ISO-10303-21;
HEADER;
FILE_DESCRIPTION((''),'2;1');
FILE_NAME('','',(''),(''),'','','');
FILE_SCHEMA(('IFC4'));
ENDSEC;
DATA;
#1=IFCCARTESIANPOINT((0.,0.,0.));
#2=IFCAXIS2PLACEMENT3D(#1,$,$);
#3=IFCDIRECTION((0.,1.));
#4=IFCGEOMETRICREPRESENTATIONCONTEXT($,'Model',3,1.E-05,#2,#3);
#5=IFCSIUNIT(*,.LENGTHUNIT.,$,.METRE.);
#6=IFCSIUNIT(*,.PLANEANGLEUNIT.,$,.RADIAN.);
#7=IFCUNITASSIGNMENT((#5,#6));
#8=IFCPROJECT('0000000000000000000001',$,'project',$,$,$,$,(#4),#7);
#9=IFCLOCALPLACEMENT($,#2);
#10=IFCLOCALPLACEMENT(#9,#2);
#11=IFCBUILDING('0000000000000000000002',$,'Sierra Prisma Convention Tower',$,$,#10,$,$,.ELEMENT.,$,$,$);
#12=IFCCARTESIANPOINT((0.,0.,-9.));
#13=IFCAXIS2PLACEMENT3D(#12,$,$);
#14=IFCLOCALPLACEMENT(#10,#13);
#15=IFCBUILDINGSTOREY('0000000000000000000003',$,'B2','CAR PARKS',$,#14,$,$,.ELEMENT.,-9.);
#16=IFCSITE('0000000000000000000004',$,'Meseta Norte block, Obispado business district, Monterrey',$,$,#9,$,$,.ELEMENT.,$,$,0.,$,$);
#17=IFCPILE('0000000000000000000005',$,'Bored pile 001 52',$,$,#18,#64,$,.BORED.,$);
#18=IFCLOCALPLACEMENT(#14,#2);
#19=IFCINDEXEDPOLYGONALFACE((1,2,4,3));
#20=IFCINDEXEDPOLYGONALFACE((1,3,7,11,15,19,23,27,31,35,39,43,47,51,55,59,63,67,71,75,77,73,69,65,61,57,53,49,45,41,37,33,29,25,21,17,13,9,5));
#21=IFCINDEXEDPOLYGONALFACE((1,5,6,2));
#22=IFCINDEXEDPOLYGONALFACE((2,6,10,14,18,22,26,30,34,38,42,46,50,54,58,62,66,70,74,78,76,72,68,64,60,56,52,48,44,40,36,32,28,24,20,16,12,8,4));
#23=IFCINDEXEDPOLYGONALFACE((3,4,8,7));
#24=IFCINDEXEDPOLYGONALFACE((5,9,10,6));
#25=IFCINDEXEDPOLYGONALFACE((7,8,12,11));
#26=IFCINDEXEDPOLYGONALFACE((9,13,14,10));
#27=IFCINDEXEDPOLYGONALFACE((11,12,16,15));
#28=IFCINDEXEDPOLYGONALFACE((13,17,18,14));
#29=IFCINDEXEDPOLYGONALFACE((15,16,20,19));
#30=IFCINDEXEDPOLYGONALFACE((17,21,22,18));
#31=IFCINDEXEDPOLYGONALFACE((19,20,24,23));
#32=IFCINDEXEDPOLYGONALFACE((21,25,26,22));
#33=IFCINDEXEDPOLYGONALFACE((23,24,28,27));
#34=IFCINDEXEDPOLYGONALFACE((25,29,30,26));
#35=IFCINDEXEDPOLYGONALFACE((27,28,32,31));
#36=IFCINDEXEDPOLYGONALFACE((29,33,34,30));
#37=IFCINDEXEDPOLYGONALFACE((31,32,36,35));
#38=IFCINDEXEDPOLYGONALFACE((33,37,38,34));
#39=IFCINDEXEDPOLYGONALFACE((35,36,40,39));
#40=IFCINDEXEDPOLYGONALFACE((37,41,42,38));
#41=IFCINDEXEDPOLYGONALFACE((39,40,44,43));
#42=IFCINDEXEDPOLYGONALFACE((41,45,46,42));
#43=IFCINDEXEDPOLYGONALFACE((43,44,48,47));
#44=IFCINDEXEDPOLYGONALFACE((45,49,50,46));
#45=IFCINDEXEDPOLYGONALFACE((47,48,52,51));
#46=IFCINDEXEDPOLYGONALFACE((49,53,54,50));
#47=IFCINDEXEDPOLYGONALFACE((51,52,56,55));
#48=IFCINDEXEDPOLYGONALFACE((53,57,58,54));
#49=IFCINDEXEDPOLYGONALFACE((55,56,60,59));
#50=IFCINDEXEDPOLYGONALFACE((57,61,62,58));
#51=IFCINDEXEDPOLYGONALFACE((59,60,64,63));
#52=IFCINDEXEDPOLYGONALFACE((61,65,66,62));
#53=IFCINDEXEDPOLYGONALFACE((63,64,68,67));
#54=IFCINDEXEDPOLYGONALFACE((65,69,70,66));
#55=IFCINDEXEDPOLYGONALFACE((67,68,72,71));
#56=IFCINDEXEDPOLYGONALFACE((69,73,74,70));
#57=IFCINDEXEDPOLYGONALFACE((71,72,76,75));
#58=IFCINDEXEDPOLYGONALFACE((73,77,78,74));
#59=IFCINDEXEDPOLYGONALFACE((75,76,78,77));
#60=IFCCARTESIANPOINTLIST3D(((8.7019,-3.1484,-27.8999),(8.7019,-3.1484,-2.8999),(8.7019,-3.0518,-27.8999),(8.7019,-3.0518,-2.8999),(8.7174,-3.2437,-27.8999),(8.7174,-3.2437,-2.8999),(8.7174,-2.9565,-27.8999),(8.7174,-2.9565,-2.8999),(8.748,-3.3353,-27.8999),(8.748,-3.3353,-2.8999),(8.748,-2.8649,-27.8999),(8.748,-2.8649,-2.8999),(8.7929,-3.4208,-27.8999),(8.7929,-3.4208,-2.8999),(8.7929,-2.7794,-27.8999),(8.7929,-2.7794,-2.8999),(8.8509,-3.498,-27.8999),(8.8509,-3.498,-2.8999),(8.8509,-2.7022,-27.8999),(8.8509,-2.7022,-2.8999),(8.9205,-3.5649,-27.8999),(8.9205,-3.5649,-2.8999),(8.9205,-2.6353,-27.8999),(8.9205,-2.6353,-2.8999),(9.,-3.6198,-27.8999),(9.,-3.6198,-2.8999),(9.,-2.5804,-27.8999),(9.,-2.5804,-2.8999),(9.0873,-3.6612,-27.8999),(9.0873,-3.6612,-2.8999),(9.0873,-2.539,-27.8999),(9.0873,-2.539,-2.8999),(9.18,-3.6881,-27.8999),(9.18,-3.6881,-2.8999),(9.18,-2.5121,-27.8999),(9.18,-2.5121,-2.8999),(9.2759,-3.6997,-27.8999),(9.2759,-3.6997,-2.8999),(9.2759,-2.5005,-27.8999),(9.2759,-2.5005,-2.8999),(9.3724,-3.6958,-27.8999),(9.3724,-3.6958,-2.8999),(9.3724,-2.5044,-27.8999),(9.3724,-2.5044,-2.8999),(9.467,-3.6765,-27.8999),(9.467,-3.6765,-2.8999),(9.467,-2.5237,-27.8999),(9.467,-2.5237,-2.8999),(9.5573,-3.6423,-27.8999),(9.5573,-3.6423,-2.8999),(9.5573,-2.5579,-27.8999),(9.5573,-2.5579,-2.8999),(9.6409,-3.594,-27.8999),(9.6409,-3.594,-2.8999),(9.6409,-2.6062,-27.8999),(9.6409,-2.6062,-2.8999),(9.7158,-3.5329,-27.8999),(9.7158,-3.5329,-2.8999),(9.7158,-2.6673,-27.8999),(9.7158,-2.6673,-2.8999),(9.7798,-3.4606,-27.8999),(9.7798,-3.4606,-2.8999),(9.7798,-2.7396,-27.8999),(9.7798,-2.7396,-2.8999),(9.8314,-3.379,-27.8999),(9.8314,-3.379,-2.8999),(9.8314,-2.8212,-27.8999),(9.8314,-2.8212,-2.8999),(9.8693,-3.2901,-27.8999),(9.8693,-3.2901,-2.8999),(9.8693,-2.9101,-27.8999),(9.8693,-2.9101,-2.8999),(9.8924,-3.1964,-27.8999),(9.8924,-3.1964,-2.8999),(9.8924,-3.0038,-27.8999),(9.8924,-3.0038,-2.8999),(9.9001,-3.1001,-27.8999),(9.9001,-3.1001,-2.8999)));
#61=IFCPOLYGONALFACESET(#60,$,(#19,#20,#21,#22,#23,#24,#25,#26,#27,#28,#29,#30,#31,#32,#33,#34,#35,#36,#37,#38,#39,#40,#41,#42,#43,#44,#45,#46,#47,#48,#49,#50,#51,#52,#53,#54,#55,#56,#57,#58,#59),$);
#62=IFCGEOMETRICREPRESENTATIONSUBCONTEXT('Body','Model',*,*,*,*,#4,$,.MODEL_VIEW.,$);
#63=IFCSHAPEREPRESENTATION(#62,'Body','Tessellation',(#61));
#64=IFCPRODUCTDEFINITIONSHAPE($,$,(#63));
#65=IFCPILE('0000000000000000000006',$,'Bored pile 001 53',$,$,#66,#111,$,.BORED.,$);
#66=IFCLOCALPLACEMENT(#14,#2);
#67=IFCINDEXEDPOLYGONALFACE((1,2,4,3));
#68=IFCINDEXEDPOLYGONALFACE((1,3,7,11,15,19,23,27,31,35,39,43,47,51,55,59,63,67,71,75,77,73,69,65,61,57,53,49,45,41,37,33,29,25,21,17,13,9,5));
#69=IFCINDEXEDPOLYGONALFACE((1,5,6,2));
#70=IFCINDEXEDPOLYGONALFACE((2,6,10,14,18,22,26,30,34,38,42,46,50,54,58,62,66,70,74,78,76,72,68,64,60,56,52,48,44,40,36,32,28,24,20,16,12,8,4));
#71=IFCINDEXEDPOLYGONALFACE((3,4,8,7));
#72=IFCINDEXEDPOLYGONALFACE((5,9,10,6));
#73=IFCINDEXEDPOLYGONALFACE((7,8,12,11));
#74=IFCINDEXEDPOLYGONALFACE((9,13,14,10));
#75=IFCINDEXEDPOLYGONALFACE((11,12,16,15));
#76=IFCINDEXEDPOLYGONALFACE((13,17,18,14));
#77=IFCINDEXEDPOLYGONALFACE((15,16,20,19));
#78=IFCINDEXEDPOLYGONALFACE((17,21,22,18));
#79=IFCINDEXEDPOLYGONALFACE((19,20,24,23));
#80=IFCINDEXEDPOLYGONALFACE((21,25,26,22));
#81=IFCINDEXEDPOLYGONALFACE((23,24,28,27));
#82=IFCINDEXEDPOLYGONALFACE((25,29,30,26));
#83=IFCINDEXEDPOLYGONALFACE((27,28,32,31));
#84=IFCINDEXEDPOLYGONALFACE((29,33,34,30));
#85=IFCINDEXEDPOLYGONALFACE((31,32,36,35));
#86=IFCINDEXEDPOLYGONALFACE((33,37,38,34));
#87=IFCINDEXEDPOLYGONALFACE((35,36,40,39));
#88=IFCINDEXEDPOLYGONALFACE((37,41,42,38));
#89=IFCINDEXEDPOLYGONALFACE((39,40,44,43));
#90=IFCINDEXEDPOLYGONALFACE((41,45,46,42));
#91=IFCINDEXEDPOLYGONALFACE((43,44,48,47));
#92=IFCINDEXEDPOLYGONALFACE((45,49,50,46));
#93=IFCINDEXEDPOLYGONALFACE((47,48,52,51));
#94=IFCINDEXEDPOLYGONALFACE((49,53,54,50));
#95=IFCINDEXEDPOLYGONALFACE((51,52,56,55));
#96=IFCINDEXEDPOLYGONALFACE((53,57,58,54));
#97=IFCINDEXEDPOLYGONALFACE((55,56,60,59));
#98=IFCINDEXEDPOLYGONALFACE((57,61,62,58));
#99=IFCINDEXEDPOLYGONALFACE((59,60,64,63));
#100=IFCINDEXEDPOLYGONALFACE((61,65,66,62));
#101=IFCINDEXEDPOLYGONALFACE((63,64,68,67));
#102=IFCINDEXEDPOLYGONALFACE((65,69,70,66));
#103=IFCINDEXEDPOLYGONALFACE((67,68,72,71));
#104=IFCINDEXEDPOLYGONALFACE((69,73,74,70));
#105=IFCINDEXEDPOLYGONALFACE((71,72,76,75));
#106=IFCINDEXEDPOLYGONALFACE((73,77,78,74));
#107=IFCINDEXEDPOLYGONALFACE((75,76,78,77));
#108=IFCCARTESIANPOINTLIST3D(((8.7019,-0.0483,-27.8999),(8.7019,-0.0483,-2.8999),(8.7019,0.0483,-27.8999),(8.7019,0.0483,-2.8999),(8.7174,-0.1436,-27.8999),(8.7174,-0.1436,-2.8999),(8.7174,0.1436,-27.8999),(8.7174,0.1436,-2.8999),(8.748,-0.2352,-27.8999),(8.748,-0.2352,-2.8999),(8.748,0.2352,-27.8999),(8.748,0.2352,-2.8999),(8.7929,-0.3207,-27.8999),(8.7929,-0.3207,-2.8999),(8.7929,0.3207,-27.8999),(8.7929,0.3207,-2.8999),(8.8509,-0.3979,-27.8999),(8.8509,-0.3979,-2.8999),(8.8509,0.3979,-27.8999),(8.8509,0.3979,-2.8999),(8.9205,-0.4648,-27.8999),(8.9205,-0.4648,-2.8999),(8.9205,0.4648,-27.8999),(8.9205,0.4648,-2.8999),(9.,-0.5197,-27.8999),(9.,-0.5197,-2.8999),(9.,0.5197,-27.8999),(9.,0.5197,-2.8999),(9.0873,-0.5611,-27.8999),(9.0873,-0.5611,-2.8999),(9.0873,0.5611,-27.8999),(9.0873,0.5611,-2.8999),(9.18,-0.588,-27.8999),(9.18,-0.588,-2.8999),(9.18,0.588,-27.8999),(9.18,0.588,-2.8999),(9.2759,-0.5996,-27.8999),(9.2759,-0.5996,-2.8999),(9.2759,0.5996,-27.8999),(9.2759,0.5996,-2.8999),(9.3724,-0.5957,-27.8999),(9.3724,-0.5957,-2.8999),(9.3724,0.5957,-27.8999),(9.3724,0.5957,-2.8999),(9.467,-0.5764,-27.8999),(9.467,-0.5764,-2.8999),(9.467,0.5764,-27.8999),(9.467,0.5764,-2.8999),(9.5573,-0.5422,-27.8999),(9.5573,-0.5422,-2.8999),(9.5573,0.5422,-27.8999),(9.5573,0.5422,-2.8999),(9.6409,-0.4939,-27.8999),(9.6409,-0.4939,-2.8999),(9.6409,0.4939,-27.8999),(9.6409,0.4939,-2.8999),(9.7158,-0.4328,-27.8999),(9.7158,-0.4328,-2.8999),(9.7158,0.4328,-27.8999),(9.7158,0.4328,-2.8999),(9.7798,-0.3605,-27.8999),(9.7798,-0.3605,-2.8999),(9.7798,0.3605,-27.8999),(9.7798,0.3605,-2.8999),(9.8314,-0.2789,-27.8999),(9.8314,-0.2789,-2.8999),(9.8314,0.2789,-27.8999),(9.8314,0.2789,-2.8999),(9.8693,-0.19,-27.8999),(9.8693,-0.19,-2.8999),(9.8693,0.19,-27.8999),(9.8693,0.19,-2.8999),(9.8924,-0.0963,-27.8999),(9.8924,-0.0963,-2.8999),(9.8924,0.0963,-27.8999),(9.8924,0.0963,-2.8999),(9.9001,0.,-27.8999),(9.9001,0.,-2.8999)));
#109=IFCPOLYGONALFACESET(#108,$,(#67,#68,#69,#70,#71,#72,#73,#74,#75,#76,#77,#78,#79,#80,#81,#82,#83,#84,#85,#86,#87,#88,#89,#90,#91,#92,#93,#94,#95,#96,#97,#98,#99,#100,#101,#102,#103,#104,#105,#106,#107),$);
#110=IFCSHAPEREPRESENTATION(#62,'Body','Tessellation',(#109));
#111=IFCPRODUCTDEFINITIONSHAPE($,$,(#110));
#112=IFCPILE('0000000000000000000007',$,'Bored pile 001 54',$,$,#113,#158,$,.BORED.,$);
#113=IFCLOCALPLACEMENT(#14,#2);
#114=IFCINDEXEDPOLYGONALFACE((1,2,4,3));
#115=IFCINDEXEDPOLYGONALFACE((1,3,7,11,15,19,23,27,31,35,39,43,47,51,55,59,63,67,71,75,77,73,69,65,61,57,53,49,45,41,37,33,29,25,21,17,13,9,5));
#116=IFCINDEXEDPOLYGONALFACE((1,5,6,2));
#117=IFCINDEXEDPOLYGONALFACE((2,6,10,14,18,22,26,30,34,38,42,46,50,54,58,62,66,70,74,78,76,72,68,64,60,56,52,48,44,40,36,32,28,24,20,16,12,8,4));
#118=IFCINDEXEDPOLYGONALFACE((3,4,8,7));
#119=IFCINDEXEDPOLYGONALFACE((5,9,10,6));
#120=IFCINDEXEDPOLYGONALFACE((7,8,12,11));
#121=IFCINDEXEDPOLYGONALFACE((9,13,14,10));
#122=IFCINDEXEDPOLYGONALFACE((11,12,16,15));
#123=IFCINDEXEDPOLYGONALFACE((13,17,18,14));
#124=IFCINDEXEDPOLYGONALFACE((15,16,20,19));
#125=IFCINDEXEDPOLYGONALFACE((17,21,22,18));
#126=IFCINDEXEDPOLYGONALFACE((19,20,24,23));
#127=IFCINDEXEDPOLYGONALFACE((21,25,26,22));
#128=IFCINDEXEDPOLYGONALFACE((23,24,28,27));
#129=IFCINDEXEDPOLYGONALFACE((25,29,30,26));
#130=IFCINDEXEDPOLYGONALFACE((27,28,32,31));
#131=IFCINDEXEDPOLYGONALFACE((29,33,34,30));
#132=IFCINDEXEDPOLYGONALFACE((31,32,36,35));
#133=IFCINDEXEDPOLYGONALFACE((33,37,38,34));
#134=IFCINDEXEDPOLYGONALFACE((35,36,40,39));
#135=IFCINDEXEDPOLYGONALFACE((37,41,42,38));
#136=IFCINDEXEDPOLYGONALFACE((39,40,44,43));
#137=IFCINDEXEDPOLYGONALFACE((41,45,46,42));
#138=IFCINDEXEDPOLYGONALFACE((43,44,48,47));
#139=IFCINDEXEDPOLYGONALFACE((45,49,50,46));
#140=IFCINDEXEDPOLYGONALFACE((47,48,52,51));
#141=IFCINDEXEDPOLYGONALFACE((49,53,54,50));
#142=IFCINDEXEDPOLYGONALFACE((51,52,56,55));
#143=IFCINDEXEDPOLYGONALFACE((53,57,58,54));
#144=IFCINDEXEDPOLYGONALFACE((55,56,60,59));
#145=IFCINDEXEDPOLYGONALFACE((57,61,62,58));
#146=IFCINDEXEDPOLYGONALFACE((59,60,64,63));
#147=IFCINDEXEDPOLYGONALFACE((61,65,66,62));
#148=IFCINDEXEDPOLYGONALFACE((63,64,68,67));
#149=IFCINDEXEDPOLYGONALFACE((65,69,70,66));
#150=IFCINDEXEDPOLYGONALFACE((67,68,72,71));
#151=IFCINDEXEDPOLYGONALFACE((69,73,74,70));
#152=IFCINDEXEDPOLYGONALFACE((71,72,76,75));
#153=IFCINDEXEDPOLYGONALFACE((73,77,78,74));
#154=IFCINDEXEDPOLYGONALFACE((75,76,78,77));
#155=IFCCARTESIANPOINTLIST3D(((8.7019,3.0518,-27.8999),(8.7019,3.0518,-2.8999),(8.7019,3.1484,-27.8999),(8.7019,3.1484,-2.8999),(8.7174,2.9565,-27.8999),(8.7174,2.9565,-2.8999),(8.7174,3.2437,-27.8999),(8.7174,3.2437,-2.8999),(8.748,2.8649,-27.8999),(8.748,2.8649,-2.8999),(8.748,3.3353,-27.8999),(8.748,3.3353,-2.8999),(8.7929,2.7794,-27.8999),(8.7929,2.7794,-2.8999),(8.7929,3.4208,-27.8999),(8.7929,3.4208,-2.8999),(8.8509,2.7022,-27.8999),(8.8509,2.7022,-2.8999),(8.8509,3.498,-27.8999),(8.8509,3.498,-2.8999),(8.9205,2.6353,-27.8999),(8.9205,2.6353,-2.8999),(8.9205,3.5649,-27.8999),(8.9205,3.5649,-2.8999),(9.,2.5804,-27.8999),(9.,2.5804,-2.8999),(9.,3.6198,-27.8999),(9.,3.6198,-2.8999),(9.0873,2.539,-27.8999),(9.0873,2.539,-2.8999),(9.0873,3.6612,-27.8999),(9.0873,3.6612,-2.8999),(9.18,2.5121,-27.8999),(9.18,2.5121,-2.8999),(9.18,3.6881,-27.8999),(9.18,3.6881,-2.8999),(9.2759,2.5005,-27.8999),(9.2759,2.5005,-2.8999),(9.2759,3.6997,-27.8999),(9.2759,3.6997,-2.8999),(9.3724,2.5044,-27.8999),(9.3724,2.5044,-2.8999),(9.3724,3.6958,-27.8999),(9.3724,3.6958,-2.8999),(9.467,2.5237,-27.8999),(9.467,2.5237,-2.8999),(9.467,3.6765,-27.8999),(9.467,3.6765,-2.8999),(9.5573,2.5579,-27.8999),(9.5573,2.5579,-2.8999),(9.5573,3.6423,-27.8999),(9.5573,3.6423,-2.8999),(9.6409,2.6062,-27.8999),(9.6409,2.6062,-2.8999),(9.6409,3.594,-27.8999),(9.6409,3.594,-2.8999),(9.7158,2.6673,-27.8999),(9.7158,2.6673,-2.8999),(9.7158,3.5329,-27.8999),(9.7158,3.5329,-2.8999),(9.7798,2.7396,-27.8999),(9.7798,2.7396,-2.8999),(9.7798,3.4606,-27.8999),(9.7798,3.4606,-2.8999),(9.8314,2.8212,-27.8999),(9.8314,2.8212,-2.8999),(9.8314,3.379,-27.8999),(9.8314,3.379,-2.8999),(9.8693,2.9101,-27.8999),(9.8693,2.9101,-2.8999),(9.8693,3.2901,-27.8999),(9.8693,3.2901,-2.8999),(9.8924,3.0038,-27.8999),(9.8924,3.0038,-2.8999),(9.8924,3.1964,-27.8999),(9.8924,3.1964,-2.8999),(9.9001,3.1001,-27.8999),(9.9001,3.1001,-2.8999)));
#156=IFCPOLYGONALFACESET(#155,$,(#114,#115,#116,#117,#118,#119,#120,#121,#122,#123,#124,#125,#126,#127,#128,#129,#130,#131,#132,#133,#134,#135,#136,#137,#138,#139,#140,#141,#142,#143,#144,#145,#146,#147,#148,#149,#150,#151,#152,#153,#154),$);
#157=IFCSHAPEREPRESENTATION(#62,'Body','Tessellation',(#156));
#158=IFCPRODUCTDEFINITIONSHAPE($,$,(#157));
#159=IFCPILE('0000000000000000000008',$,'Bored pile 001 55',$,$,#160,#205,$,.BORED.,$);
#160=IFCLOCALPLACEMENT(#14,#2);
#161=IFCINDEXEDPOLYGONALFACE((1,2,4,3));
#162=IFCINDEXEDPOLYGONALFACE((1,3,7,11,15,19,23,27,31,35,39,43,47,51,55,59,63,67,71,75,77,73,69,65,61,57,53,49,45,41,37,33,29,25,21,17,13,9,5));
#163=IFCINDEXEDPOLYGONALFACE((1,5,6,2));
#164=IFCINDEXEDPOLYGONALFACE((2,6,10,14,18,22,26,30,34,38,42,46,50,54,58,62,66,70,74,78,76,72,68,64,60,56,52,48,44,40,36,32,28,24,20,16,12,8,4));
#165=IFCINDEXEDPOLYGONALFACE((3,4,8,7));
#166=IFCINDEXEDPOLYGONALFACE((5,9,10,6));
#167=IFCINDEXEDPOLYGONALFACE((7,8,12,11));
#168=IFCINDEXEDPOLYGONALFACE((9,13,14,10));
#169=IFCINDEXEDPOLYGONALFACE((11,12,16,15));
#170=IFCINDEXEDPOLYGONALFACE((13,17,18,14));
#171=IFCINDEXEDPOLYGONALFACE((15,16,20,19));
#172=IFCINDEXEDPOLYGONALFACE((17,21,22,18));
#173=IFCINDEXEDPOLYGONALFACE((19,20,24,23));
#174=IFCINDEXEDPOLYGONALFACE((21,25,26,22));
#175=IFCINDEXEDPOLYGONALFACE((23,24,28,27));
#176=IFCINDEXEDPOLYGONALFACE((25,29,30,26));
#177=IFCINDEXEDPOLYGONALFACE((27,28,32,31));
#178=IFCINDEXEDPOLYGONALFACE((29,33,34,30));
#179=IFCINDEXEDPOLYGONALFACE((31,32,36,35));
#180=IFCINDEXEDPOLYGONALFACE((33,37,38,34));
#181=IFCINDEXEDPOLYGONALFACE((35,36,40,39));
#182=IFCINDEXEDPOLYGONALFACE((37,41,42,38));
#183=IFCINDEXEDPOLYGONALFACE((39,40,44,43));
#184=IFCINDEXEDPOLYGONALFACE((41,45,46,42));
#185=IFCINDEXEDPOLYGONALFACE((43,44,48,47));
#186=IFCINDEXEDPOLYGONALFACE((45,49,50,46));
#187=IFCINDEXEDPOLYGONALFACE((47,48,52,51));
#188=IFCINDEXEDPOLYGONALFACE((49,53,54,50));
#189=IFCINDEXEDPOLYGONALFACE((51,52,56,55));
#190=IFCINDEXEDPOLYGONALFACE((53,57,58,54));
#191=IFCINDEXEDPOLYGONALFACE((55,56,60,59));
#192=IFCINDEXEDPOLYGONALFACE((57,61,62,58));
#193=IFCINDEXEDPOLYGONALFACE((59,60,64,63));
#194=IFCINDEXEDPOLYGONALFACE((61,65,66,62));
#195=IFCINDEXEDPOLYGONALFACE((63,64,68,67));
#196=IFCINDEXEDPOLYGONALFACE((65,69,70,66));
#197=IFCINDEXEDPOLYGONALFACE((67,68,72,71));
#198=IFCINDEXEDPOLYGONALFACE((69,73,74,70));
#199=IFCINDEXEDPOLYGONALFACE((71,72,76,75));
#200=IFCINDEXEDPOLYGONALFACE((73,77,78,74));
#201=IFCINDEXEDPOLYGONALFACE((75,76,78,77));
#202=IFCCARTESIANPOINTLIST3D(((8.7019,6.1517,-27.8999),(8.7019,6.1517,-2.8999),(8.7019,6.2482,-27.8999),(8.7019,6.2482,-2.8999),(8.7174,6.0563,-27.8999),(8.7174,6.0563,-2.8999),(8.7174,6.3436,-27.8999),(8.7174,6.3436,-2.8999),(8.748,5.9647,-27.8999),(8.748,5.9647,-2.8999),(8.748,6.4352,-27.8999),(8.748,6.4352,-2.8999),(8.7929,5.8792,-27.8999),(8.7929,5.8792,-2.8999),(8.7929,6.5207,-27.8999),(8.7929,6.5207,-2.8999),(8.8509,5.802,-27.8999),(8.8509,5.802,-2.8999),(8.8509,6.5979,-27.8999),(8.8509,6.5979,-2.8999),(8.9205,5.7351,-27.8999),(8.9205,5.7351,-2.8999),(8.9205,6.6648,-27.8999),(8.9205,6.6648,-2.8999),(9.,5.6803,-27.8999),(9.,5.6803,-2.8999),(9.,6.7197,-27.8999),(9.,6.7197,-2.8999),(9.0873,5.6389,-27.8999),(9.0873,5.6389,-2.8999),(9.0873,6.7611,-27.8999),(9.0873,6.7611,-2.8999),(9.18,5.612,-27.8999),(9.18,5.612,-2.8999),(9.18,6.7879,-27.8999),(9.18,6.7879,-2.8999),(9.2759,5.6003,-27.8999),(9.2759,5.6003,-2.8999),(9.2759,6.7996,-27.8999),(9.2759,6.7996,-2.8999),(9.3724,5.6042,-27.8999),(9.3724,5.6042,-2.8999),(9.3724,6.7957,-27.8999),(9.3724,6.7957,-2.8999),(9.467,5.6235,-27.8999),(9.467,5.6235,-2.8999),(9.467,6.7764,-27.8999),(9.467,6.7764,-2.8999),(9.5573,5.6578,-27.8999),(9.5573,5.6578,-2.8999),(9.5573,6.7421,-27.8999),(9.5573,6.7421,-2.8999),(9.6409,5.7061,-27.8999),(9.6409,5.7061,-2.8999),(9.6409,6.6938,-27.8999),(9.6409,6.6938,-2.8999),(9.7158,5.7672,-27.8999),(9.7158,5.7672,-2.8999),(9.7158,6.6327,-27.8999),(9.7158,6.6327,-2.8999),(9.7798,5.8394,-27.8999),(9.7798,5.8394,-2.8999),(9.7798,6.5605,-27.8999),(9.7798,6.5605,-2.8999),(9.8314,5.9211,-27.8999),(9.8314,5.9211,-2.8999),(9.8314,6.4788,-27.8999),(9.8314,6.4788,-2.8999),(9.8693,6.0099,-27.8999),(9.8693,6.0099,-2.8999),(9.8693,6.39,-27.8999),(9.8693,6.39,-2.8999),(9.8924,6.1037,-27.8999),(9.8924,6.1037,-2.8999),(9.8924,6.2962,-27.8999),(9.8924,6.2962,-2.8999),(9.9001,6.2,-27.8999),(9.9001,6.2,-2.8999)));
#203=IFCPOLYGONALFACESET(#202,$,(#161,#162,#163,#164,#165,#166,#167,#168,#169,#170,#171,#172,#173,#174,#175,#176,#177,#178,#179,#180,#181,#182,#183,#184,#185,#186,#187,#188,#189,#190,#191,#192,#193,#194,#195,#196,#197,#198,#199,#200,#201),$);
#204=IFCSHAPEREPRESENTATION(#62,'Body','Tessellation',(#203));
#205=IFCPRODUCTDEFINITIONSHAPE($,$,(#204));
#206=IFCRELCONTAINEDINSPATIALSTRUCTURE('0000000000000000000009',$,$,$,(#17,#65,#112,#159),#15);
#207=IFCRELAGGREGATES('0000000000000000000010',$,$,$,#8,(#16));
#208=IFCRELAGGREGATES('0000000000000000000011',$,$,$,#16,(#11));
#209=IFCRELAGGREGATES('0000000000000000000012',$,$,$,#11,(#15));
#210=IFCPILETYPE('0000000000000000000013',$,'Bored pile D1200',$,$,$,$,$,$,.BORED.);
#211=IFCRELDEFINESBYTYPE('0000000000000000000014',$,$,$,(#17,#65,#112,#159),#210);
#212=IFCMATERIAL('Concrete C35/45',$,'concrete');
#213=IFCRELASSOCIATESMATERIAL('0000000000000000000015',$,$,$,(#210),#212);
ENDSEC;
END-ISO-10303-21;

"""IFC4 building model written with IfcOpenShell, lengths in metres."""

from ifc_helpers import new_model, si_unit, direction, frame, origin, origin_2d, place, context, subcontext, project, spatial, circle, extrude, material, material_profile, profile_set, type_object, element, save


model = new_model("IFC4")

# Units and contexts
model_context = context("Model", 3, precision=1e-05, world=origin(), true_north=direction((0.0, 1.0)))
body_context = subcontext(model_context, "Body", "Model", "MODEL_VIEW")
ifc_project = project(units=[si_unit("LENGTHUNIT", "METRE"), si_unit("PLANEANGLEUNIT", "RADIAN")], contexts=[model_context])

# Site, building, storey
site_placement = place(None, origin())
site = spatial("IfcSite", under=ifc_project, at=site_placement, Name="Meseta Norte block, Obispado business district, Monterrey", CompositionType="ELEMENT", RefElevation=0.0)
building_placement = place(site_placement, origin())
building = spatial("IfcBuilding", under=site, at=building_placement, Name="Sierra Prisma Convention Tower", CompositionType="ELEMENT")
storey_placement = place(building_placement, frame((0.0, 0.0, -9.0)))
storey = spatial("IfcBuildingStorey", under=building, at=storey_placement, Name="B2", Description="CAR PARKS", CompositionType="ELEMENT", Elevation=-9.0)

# Piles
ifc_material_1 = material(Name="Concrete C35/45", Category="concrete")
ifc_material_profile_1 = material_profile(ifc_material_1, circle(Radius=0.6001, at=origin_2d()), Name="D1200")
ifc_profile_set_1 = profile_set([ifc_material_profile_1], Name="Concrete C35/45")
pile_type_1 = type_object("IfcPileType", Name="Bored pile D1200", PredefinedType="BORED", material=ifc_profile_set_1)
for number, where, z_axis, x_axis, name in (
    (1, (9.3, -3.1001, -2.8999), (0.0, 0.0, -1.0), (1.0, 0.0, 0.0), "Bored pile 001 52"),
    (2, (9.3, 0.0, -2.8999), (0.0, 0.0, -1.0), (1.0, 0.0, 0.0), "Bored pile 001 53"),
    (3, (9.3, 3.1001, -2.8999), (0.0, 0.0, -1.0), (1.0, 0.0, 0.0), "Bored pile 001 54"),
    (4, (9.3, 6.2, -2.8999), (0.0, 0.0, -1.0), (1.0, 0.0, 0.0), "Bored pile 001 55"),
):
    element("IfcPile", number, at=place(storey_placement, frame(where, z_axis=z_axis, x_axis=x_axis)), inside=storey, type_object=pile_type_1, Name=name, PredefinedType="BORED", context=body_context, shape_type="SweptSolid", body=[
        extrude(circle(Radius=0.6001, at=origin_2d()), origin(), (0.0, 0.0, 1.0), 25.0),
    ])

save(model, "model.ifc")
